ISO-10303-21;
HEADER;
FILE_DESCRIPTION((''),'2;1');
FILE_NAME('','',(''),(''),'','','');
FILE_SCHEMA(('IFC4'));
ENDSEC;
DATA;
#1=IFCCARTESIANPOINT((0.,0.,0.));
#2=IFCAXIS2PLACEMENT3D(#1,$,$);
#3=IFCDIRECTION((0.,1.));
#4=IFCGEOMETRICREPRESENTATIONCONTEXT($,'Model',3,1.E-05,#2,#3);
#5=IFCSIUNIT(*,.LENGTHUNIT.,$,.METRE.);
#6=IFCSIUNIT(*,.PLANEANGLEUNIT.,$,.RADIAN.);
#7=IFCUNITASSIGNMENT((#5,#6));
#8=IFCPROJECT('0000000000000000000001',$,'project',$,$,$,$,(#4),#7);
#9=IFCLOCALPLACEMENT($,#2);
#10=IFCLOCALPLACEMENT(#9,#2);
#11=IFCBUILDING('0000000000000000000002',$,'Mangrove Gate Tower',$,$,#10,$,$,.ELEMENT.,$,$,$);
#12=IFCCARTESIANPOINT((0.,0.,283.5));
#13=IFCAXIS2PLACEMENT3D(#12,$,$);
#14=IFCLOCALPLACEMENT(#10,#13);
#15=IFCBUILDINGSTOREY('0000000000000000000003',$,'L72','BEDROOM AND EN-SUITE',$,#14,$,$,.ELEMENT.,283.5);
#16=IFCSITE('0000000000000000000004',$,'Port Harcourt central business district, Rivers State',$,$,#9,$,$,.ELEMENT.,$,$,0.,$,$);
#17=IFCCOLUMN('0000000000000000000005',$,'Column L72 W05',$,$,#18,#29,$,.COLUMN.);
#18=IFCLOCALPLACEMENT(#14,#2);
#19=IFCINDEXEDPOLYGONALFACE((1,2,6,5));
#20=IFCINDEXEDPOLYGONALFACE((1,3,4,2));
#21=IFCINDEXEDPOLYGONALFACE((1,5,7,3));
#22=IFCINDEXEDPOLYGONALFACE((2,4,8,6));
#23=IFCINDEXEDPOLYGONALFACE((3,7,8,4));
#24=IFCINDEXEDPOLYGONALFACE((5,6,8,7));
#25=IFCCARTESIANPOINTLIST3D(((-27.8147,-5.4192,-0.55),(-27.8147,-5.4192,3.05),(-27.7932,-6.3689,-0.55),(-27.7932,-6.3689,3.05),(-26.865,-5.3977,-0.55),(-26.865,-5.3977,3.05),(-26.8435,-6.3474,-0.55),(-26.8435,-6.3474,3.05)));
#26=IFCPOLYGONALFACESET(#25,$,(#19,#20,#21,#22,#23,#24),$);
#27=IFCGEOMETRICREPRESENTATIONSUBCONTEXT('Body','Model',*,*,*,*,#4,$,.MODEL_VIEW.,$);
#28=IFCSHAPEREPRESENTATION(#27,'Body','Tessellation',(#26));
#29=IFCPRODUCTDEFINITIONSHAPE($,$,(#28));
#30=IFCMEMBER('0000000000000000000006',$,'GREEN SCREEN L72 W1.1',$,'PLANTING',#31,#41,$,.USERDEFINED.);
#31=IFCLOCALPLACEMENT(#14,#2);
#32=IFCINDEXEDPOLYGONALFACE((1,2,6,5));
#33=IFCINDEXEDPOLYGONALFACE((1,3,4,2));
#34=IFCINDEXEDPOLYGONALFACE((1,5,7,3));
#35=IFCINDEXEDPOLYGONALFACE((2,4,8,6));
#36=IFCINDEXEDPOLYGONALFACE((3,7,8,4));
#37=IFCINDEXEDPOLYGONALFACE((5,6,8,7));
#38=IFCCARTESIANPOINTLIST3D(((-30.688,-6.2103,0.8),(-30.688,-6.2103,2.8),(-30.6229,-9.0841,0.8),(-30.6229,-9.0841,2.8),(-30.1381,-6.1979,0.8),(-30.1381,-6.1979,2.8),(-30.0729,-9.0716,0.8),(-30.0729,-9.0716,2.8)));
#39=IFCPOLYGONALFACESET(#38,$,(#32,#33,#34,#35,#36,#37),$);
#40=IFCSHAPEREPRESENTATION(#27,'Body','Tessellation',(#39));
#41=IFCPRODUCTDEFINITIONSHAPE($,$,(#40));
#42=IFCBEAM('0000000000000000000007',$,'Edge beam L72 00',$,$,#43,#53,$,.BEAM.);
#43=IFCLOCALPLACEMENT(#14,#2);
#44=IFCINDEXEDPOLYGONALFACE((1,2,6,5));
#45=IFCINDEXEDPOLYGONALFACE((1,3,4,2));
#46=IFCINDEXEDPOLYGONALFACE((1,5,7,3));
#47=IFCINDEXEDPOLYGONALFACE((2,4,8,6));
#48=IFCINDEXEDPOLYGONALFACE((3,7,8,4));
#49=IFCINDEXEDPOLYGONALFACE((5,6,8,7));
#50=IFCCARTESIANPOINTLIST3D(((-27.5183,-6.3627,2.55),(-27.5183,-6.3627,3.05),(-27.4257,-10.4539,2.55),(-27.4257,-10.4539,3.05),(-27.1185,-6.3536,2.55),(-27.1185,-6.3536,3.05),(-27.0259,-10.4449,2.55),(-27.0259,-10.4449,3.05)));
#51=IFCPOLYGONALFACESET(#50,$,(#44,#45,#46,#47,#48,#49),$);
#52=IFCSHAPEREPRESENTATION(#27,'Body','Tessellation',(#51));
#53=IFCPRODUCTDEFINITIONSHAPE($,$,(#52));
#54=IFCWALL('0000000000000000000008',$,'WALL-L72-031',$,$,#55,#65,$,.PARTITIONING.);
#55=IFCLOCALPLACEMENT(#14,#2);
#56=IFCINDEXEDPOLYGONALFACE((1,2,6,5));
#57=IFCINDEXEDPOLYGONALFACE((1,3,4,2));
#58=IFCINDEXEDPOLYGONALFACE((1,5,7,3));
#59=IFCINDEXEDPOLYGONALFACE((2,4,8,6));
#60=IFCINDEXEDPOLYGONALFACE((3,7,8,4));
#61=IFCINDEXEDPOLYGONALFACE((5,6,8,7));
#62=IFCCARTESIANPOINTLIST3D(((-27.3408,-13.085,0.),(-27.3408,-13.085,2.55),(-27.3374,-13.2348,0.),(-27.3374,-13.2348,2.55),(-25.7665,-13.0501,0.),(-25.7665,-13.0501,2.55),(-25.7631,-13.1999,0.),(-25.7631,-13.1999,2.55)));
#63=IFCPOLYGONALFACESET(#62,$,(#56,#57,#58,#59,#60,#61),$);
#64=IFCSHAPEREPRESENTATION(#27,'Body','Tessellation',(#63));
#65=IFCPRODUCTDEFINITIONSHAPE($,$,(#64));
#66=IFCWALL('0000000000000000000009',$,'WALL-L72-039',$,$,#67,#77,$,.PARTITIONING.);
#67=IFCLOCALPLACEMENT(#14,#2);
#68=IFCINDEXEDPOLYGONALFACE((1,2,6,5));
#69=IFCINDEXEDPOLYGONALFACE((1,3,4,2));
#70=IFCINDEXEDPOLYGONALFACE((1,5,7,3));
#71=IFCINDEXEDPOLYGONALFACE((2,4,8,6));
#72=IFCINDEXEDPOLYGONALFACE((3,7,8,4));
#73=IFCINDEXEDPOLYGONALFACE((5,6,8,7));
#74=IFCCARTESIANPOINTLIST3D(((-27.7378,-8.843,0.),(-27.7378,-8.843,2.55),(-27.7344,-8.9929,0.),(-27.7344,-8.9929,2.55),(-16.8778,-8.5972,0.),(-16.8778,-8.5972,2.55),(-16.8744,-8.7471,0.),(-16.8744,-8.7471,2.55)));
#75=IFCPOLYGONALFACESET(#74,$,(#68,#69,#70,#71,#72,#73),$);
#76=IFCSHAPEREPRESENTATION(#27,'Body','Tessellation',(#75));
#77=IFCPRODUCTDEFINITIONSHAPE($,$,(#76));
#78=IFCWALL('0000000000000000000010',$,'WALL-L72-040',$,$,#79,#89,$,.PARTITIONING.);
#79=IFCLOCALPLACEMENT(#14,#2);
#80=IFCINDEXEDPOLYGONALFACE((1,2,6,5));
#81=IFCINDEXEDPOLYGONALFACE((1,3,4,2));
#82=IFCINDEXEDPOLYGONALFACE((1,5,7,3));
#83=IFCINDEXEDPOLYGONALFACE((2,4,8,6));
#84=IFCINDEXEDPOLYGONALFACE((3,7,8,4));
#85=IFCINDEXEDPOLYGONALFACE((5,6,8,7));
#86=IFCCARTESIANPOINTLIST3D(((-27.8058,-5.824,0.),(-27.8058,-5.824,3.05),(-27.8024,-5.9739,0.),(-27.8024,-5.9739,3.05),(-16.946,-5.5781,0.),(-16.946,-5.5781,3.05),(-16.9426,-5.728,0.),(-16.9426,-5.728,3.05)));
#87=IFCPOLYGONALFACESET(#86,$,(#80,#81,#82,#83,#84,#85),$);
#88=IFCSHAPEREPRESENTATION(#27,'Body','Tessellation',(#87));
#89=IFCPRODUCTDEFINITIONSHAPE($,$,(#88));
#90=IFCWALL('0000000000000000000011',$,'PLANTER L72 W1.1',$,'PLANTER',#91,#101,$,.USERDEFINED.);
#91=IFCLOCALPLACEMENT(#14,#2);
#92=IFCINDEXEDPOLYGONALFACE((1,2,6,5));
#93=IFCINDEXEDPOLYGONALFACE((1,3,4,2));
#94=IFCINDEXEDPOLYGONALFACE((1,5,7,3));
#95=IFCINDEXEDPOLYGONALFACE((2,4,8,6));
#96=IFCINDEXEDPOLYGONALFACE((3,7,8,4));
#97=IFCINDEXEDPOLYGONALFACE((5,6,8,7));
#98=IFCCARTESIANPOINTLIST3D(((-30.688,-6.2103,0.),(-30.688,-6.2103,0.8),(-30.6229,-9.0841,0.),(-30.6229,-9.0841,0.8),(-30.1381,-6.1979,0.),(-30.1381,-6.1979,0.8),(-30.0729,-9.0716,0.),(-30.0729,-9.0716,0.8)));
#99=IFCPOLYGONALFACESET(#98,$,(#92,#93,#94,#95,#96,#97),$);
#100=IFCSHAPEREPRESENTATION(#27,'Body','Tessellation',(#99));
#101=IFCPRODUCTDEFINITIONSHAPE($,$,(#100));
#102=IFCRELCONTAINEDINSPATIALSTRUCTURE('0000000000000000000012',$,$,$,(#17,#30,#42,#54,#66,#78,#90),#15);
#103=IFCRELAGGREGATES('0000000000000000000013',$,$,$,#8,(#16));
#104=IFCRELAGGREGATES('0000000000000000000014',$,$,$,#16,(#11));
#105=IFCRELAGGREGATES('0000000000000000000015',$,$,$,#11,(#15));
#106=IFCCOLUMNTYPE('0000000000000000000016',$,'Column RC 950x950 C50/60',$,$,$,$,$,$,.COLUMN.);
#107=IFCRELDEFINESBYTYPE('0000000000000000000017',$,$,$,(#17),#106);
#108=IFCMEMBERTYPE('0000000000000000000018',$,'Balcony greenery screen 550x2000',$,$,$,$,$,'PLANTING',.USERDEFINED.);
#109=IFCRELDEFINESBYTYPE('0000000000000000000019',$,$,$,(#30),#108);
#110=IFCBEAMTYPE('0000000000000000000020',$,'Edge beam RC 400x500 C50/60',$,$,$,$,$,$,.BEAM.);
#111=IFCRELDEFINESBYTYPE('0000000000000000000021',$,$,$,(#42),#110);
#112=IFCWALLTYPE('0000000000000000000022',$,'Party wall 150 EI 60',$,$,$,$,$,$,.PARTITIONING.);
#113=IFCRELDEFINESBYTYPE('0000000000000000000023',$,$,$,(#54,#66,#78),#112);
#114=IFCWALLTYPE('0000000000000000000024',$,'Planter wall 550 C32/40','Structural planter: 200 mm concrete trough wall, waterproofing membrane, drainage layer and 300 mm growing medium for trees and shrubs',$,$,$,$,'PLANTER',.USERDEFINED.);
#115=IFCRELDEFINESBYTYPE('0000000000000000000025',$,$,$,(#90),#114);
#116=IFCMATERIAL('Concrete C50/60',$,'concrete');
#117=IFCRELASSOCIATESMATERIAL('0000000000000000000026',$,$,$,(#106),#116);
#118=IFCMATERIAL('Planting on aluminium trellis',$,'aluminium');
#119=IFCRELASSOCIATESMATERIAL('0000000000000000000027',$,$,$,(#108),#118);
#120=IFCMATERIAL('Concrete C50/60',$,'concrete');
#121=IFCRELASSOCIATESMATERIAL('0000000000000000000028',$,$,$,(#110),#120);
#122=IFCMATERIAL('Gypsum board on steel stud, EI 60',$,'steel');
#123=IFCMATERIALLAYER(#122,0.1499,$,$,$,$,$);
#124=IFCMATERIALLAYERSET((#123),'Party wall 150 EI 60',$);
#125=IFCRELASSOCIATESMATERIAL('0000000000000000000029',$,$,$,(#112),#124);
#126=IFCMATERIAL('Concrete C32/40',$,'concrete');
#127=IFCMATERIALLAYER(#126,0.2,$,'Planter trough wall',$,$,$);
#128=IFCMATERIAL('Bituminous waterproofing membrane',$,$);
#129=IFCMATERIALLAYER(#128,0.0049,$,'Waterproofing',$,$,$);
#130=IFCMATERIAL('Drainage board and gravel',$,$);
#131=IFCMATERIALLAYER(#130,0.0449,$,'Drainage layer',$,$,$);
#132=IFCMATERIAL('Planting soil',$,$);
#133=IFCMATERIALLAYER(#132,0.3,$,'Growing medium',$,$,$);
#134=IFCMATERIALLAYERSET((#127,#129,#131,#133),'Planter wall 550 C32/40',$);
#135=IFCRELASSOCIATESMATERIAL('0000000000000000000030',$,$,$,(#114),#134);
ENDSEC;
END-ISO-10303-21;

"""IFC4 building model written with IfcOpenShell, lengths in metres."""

from ifc_helpers import new_model, si_unit, direction, frame, frame_2d, origin, origin_2d, place, context, subcontext, project, spatial, rectangle, extrude, material, layer, layer_set, material_profile, profile_set, type_object, element, save


model = new_model("IFC4")

# Units and contexts
model_context = context("Model", 3, precision=1e-05, world=origin(), true_north=direction((0.0, 1.0)))
body_context = subcontext(model_context, "Body", "Model", "MODEL_VIEW")
ifc_project = project(units=[si_unit("LENGTHUNIT", "METRE"), si_unit("PLANEANGLEUNIT", "RADIAN")], contexts=[model_context])

# Site, building, storey
site_placement = place(None, origin())
site = spatial("IfcSite", under=ifc_project, at=site_placement, Name="Port Harcourt central business district, Rivers State", CompositionType="ELEMENT", RefElevation=0.0)
building_placement = place(site_placement, origin())
building = spatial("IfcBuilding", under=site, at=building_placement, Name="Mangrove Gate Tower", CompositionType="ELEMENT")
storey_placement = place(building_placement, frame((0.0, 0.0, 283.5)))
storey = spatial("IfcBuildingStorey", under=building, at=storey_placement, Name="L72", Description="BEDROOM AND EN-SUITE", CompositionType="ELEMENT", Elevation=283.5)

# Column
ifc_material_1 = material(Name="Concrete C50/60", Category="concrete")
ifc_material_profile_1 = material_profile(ifc_material_1, rectangle(XDim=0.95, YDim=0.95, at=origin_2d()))
ifc_profile_set_1 = profile_set([ifc_material_profile_1], Name="Concrete C50/60")
column_type = type_object("IfcColumnType", Name="Column RC 950x950 C50/60", PredefinedType="COLUMN", material=ifc_profile_set_1)
column_placement = place(storey_placement, frame((-27.3291, -5.8833, -0.55), z_axis=(0.0, 0.0, 1.0), x_axis=(0.022668, -0.999743, 0.0)))
element("IfcColumn", 1, at=column_placement, inside=storey, type_object=column_type, Name="Column L72 W05", PredefinedType="COLUMN", context=body_context, shape_type="SweptSolid", body=[
    extrude(rectangle(XDim=0.95, YDim=0.95, at=origin_2d()), origin(), (0.0, 0.0, 1.0), 3.6001),
])

# Member
ifc_material_2 = material(Name="Planting on aluminium trellis", Category="aluminium")
ifc_material_profile_2 = material_profile(ifc_material_2, rectangle(XDim=0.55, YDim=2.0, at=origin_2d()))
ifc_profile_set_2 = profile_set([ifc_material_profile_2], Name="Planting on aluminium trellis")
member_type = type_object("IfcMemberType", Name="Balcony greenery screen 550x2000", ElementType="PLANTING", PredefinedType="USERDEFINED", material=ifc_profile_set_2)
member_placement = place(storey_placement, frame((-30.3479, -9.0779, 1.8), z_axis=(-0.022677, 0.999743, 0.0), x_axis=(-0.999743, -0.022677, 0.0)))
element("IfcMember", 2, at=member_placement, inside=storey, type_object=member_type, Name="GREEN SCREEN L72 W1.1", ObjectType="PLANTING", PredefinedType="USERDEFINED", context=body_context, shape_type="SweptSolid", body=[
    extrude(rectangle(XDim=0.55, YDim=2.0, at=origin_2d()), origin(), (0.0, 0.0, 1.0), 2.8745),
])

# Beam
ifc_material_3 = material(Name="Concrete C50/60", Category="concrete")
ifc_material_profile_3 = material_profile(ifc_material_3, rectangle(XDim=0.3999, YDim=0.5, at=origin_2d()))
ifc_profile_set_3 = profile_set([ifc_material_profile_3], Name="Concrete C50/60")
beam_type = type_object("IfcBeamType", Name="Edge beam RC 400x500 C50/60", PredefinedType="BEAM", material=ifc_profile_set_3)
beam_placement = place(storey_placement, frame((-27.3184, -6.3582, 2.8), z_axis=(0.02261, -0.999744, 0.0), x_axis=(0.999744, 0.02261, 0.0)))
element("IfcBeam", 3, at=beam_placement, inside=storey, type_object=beam_type, Name="Edge beam L72 00", PredefinedType="BEAM", context=body_context, shape_type="SweptSolid", body=[
    extrude(rectangle(XDim=0.3999, YDim=0.5, at=origin_2d()), origin(), (0.0, 0.0, 1.0), 4.0923),
])

# Walls
ifc_material_4 = material(Name="Gypsum board on steel stud, EI 60", Category="steel")
ifc_layer_1 = layer(ifc_material_4, 0.1499)
ifc_layer_set_1 = layer_set([ifc_layer_1], Name="Party wall 150 EI 60")
wall_type_1 = type_object("IfcWallType", Name="Party wall 150 EI 60", PredefinedType="PARTITIONING", material=ifc_layer_set_1)
wall_1_placement = place(storey_placement, frame((-27.3391, -13.1599, 0.0), z_axis=(0.0, 0.0, 1.0), x_axis=(0.999754, 0.022172, 0.0)))
element("IfcWall", 4, at=wall_1_placement, inside=storey, type_object=wall_type_1, Name="WALL-L72-031", PredefinedType="PARTITIONING", context=body_context, shape_type="SweptSolid", body=[
    extrude(rectangle(XDim=1.5747, YDim=0.1499, at=frame_2d((0.7874, 0.0))), origin(), (0.0, 0.0, 1.0), 2.55),
])
wall_2_placement = place(storey_placement, frame((-27.7361, -8.918, 0.0), z_axis=(0.0, 0.0, 1.0), x_axis=(0.999744, 0.022632, 0.0)))
element("IfcWall", 5, at=wall_2_placement, inside=storey, type_object=wall_type_1, Name="WALL-L72-039", PredefinedType="PARTITIONING", context=body_context, shape_type="SweptSolid", body=[
    extrude(rectangle(XDim=10.8628, YDim=0.1499, at=frame_2d((5.4314, 0.0))), origin(), (0.0, 0.0, 1.0), 2.55),
])
wall_3_placement = place(storey_placement, frame((-27.804, -5.8989, 0.0), z_axis=(0.0, 0.0, 1.0), x_axis=(0.999744, 0.022633, 0.0)))
element("IfcWall", 6, at=wall_3_placement, inside=storey, type_object=wall_type_1, Name="WALL-L72-040", PredefinedType="PARTITIONING", context=body_context, shape_type="SweptSolid", body=[
    extrude(rectangle(XDim=10.8625, YDim=0.1499, at=frame_2d((5.4312, 0.0))), origin(), (0.0, 0.0, 1.0), 3.05),
])
ifc_material_5 = material(Name="Concrete C32/40", Category="concrete")
ifc_layer_2 = layer(ifc_material_5, 0.2, Name="Planter trough wall")
ifc_material_6 = material(Name="Bituminous waterproofing membrane")
ifc_layer_3 = layer(ifc_material_6, 0.0049, Name="Waterproofing")
ifc_material_7 = material(Name="Drainage board and gravel")
ifc_layer_4 = layer(ifc_material_7, 0.0449, Name="Drainage layer")
ifc_material_8 = material(Name="Planting soil")
ifc_layer_5 = layer(ifc_material_8, 0.3, Name="Growing medium")
ifc_layer_set_2 = layer_set([ifc_layer_2, ifc_layer_3, ifc_layer_4, ifc_layer_5], Name="Planter wall 550 C32/40")
wall_type_2 = type_object("IfcWallType", Name="Planter wall 550 C32/40", Description="Structural planter: 200 mm concrete trough wall, waterproofing membrane, drainage layer and 300 mm growing medium for trees and shrubs", ElementType="PLANTER", PredefinedType="USERDEFINED", material=ifc_layer_set_2)
wall_4_placement = place(storey_placement, frame((-30.3479, -9.0779, 0.0), z_axis=(0.0, 0.0, 1.0), x_axis=(-0.022677, 0.999743, 0.0)))
element("IfcWall", 7, at=wall_4_placement, inside=storey, type_object=wall_type_2, Name="PLANTER L72 W1.1", ObjectType="PLANTER", PredefinedType="USERDEFINED", context=body_context, shape_type="SweptSolid", body=[
    extrude(rectangle(XDim=2.8745, YDim=0.55, at=frame_2d((1.4373, 0.0))), origin(), (0.0, 0.0, 1.0), 0.8),
])

save(model, "model.ifc")
